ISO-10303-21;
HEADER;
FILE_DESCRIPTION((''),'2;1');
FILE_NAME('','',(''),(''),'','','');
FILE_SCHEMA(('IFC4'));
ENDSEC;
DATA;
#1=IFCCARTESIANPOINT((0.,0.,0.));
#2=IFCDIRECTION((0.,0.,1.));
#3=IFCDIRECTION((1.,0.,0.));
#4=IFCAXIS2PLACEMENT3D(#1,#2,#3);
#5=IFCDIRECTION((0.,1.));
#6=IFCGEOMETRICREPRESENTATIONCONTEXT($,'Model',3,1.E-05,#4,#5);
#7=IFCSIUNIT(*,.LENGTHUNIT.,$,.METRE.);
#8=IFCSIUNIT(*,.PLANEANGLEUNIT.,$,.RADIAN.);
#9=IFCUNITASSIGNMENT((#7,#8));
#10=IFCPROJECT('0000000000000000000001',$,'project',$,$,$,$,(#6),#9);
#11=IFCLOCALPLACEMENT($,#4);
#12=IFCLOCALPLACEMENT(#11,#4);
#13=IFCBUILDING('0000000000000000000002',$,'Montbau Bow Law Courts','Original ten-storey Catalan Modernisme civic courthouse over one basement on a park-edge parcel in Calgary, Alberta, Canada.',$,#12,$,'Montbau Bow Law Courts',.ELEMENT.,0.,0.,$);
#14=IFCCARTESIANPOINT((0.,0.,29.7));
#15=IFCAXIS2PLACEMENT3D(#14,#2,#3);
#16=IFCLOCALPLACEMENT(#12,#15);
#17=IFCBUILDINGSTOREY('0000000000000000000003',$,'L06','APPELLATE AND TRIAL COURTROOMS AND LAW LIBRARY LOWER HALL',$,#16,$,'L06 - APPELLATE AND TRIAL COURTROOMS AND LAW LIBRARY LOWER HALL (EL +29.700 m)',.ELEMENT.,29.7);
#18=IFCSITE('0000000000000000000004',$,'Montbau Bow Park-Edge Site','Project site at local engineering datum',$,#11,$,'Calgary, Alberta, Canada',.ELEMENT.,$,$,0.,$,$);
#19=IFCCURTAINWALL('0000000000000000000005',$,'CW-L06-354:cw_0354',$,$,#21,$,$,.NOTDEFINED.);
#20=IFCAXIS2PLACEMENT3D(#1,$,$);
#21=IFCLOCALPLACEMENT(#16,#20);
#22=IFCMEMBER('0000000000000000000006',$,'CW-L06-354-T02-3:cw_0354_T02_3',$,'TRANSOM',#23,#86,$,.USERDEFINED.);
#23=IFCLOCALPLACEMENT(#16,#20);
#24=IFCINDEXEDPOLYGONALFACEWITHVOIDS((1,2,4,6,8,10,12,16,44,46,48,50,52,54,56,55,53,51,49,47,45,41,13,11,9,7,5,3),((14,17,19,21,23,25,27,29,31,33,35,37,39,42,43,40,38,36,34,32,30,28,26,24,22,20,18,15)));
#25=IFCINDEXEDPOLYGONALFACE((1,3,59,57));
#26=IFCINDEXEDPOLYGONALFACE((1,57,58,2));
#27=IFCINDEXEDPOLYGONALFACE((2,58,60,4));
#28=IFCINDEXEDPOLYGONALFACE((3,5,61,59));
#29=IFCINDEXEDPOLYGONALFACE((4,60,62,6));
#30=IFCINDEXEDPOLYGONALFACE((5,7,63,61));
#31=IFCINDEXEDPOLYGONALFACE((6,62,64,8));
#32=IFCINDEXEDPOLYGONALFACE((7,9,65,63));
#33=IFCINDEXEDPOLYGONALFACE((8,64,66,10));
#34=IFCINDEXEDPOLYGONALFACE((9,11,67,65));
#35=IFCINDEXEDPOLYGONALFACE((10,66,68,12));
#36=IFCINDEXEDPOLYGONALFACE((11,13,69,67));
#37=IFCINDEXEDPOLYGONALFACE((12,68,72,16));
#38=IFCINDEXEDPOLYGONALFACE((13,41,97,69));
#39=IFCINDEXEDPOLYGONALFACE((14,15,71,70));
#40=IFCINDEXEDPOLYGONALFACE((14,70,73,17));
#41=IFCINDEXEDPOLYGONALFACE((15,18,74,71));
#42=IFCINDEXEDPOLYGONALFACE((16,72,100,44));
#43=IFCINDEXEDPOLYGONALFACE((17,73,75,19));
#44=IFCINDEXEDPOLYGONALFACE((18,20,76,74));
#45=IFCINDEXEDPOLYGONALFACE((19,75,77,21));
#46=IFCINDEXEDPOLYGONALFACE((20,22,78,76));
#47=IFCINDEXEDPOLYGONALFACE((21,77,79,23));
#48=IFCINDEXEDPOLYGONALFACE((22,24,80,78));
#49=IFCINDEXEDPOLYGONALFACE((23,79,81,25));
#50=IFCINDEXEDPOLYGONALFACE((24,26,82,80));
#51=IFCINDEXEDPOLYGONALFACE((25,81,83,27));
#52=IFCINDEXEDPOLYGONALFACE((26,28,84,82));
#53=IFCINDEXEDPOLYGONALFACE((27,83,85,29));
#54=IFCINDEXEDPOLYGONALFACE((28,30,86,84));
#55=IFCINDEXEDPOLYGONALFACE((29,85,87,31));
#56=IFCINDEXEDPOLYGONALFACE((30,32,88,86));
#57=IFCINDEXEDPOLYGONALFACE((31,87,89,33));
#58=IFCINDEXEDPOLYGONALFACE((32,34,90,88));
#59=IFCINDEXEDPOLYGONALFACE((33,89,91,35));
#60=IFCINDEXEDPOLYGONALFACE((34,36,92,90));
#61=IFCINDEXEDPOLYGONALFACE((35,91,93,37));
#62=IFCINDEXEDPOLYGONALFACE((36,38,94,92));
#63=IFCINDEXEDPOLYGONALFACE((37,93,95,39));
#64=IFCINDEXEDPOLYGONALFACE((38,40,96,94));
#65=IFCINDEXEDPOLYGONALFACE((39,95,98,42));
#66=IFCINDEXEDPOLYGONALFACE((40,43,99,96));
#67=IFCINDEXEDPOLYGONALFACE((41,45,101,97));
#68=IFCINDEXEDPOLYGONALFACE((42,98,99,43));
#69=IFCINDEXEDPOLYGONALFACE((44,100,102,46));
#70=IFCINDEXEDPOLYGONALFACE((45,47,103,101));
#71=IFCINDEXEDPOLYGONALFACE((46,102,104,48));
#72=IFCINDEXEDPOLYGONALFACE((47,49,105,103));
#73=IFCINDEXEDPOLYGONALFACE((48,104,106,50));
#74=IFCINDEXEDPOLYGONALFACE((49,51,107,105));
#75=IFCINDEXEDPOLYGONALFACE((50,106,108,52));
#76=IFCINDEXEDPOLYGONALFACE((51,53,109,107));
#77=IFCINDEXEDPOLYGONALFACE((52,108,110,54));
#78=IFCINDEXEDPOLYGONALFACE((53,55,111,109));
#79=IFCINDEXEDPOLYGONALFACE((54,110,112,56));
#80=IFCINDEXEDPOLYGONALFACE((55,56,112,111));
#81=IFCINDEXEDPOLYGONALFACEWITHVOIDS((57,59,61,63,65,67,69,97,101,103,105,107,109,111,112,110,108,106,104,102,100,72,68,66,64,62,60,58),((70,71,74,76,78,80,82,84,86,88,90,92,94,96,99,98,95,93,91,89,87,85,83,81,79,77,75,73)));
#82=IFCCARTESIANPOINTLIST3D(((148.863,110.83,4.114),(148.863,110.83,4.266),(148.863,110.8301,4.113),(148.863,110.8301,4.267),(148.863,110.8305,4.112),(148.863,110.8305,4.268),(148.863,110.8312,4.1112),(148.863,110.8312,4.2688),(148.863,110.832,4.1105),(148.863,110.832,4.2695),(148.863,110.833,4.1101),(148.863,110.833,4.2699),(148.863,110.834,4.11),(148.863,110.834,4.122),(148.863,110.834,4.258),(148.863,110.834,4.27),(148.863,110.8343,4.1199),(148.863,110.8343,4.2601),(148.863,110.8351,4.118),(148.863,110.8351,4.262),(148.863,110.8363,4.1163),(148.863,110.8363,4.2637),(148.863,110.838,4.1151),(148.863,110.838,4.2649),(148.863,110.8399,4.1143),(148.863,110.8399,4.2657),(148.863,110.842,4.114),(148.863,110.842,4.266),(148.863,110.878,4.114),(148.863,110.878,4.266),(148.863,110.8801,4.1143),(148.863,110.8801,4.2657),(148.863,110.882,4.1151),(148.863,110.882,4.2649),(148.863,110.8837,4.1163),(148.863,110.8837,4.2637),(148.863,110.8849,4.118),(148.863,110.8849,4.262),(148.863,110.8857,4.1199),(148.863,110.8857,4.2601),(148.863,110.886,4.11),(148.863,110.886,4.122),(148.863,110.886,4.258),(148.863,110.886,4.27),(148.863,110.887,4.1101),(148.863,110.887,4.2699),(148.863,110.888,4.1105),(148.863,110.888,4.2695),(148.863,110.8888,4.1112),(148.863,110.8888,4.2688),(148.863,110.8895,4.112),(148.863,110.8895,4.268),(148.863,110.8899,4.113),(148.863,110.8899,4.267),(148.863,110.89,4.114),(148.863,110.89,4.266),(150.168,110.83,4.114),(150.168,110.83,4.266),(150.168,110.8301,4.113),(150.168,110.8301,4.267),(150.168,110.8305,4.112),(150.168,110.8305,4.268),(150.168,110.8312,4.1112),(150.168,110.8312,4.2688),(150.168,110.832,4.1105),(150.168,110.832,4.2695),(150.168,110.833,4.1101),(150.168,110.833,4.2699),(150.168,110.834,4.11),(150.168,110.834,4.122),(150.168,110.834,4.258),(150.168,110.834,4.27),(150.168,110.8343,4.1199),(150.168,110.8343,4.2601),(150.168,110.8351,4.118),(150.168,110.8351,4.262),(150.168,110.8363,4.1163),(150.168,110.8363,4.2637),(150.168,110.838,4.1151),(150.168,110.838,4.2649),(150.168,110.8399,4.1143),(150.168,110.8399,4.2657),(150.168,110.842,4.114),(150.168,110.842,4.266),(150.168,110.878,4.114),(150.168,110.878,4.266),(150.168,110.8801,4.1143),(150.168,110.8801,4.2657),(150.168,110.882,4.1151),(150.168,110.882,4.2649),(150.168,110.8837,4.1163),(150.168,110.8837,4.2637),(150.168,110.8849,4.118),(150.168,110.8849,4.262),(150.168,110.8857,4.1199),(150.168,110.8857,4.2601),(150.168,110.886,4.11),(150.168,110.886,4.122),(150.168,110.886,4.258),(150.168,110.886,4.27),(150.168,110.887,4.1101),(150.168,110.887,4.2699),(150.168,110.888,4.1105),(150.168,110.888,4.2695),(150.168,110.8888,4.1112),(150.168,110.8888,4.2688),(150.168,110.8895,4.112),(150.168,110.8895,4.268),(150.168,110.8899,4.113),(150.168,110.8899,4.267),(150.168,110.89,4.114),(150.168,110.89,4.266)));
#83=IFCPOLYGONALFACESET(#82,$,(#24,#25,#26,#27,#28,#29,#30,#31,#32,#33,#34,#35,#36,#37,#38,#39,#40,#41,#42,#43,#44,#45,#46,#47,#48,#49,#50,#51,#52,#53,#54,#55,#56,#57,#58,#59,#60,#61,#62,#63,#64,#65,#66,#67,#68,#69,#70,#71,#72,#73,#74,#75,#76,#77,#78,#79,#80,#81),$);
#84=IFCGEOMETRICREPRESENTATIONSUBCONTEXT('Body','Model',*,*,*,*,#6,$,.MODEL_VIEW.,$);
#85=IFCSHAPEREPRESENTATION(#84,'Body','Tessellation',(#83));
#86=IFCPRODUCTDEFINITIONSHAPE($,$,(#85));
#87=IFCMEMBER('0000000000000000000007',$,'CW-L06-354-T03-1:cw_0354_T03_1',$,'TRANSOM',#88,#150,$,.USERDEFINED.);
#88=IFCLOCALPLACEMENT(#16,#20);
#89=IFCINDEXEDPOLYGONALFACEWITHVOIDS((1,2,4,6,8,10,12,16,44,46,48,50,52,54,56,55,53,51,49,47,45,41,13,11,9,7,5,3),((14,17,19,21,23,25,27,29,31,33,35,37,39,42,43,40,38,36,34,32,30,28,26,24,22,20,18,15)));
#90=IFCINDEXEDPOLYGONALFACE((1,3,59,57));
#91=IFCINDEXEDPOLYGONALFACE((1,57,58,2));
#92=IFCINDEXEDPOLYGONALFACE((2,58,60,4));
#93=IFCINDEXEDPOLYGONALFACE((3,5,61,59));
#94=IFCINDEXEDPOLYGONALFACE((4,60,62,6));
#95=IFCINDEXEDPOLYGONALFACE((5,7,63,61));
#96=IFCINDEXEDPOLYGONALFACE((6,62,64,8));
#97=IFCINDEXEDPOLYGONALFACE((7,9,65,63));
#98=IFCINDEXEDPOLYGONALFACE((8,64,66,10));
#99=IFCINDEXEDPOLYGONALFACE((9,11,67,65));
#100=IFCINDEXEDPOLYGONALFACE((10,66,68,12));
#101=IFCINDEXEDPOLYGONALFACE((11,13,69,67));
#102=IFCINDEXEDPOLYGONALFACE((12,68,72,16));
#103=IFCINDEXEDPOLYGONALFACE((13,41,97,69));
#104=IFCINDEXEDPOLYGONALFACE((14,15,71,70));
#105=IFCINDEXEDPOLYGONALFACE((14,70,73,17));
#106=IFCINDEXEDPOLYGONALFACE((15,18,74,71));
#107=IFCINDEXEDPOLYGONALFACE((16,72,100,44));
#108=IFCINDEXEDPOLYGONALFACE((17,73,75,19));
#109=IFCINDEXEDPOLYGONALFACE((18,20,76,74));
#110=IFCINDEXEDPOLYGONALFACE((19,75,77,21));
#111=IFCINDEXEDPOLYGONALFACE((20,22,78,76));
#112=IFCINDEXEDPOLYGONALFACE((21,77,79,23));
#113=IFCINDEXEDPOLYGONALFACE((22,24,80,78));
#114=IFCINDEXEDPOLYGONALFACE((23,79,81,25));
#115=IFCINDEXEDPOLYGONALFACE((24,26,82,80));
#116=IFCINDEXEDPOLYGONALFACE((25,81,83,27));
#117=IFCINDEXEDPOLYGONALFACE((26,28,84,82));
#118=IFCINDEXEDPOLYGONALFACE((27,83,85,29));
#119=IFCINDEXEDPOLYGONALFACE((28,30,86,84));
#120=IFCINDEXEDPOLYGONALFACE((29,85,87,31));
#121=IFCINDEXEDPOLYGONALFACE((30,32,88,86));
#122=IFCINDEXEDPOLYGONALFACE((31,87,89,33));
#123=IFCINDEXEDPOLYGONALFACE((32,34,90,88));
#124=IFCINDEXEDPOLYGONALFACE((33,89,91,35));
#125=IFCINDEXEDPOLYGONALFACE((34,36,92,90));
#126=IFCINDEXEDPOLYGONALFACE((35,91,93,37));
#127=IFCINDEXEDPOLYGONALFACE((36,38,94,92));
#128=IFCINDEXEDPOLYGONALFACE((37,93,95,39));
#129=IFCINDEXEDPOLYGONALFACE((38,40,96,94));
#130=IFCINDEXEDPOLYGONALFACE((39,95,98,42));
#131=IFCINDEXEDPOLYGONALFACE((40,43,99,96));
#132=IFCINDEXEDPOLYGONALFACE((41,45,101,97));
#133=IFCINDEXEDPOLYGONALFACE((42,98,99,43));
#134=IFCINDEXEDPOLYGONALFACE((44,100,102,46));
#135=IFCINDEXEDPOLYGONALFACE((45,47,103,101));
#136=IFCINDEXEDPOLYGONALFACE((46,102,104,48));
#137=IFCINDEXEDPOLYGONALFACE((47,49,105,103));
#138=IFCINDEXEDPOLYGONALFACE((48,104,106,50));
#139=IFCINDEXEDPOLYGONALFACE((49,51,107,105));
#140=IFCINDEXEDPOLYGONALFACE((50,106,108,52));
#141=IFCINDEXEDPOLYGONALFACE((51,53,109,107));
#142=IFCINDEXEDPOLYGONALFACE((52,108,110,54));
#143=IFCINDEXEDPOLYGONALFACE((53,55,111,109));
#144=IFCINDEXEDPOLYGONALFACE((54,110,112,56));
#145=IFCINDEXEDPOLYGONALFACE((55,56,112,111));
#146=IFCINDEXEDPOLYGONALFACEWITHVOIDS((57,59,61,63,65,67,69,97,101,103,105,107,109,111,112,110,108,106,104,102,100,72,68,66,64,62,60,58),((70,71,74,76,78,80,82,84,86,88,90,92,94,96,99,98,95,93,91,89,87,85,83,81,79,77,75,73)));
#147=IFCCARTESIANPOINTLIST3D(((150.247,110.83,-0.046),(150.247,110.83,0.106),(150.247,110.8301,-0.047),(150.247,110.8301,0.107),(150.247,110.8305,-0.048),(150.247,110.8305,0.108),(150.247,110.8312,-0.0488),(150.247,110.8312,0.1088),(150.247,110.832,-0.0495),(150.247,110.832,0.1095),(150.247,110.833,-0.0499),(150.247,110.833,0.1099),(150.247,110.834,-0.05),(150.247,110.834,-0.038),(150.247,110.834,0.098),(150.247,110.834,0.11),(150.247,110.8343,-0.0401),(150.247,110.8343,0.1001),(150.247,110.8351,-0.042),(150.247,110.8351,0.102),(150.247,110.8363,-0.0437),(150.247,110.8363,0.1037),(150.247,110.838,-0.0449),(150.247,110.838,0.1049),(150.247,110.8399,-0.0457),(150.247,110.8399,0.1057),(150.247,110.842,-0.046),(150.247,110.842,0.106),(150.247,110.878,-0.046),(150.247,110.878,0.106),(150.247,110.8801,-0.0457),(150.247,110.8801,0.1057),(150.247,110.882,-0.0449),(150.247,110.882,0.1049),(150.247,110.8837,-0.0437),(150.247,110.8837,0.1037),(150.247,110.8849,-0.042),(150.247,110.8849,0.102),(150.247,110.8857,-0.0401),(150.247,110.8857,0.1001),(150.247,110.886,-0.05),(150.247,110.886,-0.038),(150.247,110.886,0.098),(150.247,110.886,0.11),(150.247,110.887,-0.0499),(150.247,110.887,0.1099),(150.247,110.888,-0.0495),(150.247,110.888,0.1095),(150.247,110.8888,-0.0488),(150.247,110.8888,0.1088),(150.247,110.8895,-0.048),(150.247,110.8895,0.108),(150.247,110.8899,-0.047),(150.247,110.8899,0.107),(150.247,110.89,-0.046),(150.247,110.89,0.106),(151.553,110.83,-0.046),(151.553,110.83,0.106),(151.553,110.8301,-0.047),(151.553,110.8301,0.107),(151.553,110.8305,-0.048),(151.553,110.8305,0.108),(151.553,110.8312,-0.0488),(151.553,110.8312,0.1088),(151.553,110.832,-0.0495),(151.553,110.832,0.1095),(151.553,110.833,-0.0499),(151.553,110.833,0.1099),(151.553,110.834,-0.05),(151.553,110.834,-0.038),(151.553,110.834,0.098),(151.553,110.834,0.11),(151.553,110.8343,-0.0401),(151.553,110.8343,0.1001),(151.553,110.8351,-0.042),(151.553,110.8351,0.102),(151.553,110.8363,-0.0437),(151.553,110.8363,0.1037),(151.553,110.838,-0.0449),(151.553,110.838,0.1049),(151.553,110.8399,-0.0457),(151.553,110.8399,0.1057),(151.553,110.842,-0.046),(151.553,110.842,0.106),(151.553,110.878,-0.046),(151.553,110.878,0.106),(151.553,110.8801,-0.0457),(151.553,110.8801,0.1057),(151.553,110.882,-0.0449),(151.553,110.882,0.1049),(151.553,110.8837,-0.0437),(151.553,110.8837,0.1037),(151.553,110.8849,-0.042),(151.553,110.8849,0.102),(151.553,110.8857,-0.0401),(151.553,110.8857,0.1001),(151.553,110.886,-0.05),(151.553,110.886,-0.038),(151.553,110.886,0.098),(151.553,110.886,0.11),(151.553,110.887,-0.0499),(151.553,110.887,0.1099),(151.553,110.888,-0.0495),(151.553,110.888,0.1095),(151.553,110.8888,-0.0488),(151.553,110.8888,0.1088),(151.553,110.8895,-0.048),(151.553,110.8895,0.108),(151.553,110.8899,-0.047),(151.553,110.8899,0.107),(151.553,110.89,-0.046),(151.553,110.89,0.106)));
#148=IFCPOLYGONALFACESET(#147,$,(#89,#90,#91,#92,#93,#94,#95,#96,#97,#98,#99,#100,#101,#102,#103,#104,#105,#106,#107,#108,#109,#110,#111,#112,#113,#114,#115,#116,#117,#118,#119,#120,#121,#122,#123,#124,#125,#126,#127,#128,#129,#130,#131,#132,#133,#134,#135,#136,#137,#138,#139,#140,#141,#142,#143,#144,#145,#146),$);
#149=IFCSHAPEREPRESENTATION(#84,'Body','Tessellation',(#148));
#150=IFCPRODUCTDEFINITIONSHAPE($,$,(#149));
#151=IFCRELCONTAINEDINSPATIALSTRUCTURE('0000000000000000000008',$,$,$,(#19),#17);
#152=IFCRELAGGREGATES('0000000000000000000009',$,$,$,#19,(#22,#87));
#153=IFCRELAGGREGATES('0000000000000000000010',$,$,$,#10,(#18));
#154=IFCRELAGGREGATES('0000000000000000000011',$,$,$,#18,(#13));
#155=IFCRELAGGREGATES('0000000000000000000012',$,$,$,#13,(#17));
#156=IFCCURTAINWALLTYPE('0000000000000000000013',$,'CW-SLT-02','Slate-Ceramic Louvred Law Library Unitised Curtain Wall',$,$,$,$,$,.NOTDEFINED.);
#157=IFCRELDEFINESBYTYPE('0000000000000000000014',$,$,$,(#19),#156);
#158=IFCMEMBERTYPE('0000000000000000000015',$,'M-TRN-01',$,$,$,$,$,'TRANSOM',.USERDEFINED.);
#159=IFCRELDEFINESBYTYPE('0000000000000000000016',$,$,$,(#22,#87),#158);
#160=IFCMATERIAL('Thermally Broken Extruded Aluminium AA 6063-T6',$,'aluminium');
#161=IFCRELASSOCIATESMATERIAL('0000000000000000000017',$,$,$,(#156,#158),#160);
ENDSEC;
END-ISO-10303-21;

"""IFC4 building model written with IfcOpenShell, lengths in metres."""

from ifc_helpers import new_model, si_unit, direction, frame, origin_with_axes, origin_2d_with_axis, place, context, subcontext, project, spatial, hollow_rectangle, extrude, material, material_profile, profile_set, type_object, element, aggregate, save


model = new_model("IFC4")

# Units and contexts
model_context = context("Model", 3, precision=1e-05, world=origin_with_axes(), true_north=direction((0.0, 1.0)))
body_context = subcontext(model_context, "Body", "Model", "MODEL_VIEW")
ifc_project = project(units=[si_unit("LENGTHUNIT", "METRE"), si_unit("PLANEANGLEUNIT", "RADIAN")], contexts=[model_context])

# Site, building, storey
site_placement = place(None, origin_with_axes())
site = spatial("IfcSite", under=ifc_project, at=site_placement, Name="Montbau Bow Park-Edge Site", Description="Project site at local engineering datum", LongName="Calgary, Alberta, Canada", CompositionType="ELEMENT", RefElevation=0.0)
building_placement = place(site_placement, origin_with_axes())
building = spatial("IfcBuilding", under=site, at=building_placement, Name="Montbau Bow Law Courts", Description="Original ten-storey Catalan Modernisme civic courthouse over one basement on a park-edge parcel in Calgary, Alberta, Canada.", LongName="Montbau Bow Law Courts", CompositionType="ELEMENT", ElevationOfRefHeight=0.0, ElevationOfTerrain=0.0)
storey_placement = place(building_placement, frame((0.0, 0.0, 29.7), z_axis=(0.0, 0.0, 1.0), x_axis=(1.0, 0.0, 0.0)))
storey = spatial("IfcBuildingStorey", under=building, at=storey_placement, Name="L06", Description="APPELLATE AND TRIAL COURTROOMS AND LAW LIBRARY LOWER HALL", LongName="L06 - APPELLATE AND TRIAL COURTROOMS AND LAW LIBRARY LOWER HALL (EL +29.700 m)", CompositionType="ELEMENT", Elevation=29.7)

# Curtain wall, members
ifc_material_1 = material(Name="Thermally Broken Extruded Aluminium AA 6063-T6", Category="aluminium")
curtain_wall_type = type_object("IfcCurtainWallType", Name="CW-SLT-02", Description="Slate-Ceramic Louvred Law Library Unitised Curtain Wall", PredefinedType="NOTDEFINED", material=ifc_material_1)
curtain_wall_placement = place(None, frame((147.44, 110.86, 29.7), z_axis=(0.0, 0.0, 1.0), x_axis=(1.0, 0.0, 0.0)))
curtain_wall = element("IfcCurtainWall", 1, at=curtain_wall_placement, inside=storey, type_object=curtain_wall_type, Name="CW-L06-354:cw_0354", PredefinedType="NOTDEFINED")
ifc_material_profile_1 = material_profile(ifc_material_1, hollow_rectangle(XDim=0.06, YDim=0.16, WallThickness=0.004, InnerFilletRadius=0.008, OuterFilletRadius=0.004, at=origin_2d_with_axis()), Name="CWT-160X60", Category="Main", Priority=0)
ifc_profile_set_1 = profile_set([ifc_material_profile_1], Name="Thermally Broken Extruded Aluminium AA 6063-T6")
member_type_1 = type_object("IfcMemberType", Name="M-TRN-01", ElementType="TRANSOM", PredefinedType="USERDEFINED", material=ifc_profile_set_1)
member_1_placement = place(None, frame((148.863, 110.86, 33.89), z_axis=(1.0, 0.0, 0.0), x_axis=(0.0, 1.0, 0.0)))
member_1 = element("IfcMember", 2, at=member_1_placement, type_object=member_type_1, Name="CW-L06-354-T02-3:cw_0354_T02_3", ObjectType="TRANSOM", PredefinedType="USERDEFINED", context=body_context, shape_type="SweptSolid", body=[
    extrude(hollow_rectangle(XDim=0.06, YDim=0.16, WallThickness=0.004, InnerFilletRadius=0.008, OuterFilletRadius=0.004, at=origin_2d_with_axis()), origin_with_axes(), (0.0, 0.0, 1.0), 1.305),
])
member_2_placement = place(None, frame((150.247, 110.86, 29.73), z_axis=(1.0, 0.0, 0.0), x_axis=(0.0, 1.0, 0.0)))
member_2 = element("IfcMember", 3, at=member_2_placement, type_object=member_type_1, Name="CW-L06-354-T03-1:cw_0354_T03_1", ObjectType="TRANSOM", PredefinedType="USERDEFINED", context=body_context, shape_type="SweptSolid", body=[
    extrude(hollow_rectangle(XDim=0.06, YDim=0.16, WallThickness=0.004, InnerFilletRadius=0.008, OuterFilletRadius=0.004, at=origin_2d_with_axis()), origin_with_axes(), (0.0, 0.0, 1.0), 1.306),
])
aggregate(curtain_wall, [member_1, member_2])

save(model, "model.ifc")
